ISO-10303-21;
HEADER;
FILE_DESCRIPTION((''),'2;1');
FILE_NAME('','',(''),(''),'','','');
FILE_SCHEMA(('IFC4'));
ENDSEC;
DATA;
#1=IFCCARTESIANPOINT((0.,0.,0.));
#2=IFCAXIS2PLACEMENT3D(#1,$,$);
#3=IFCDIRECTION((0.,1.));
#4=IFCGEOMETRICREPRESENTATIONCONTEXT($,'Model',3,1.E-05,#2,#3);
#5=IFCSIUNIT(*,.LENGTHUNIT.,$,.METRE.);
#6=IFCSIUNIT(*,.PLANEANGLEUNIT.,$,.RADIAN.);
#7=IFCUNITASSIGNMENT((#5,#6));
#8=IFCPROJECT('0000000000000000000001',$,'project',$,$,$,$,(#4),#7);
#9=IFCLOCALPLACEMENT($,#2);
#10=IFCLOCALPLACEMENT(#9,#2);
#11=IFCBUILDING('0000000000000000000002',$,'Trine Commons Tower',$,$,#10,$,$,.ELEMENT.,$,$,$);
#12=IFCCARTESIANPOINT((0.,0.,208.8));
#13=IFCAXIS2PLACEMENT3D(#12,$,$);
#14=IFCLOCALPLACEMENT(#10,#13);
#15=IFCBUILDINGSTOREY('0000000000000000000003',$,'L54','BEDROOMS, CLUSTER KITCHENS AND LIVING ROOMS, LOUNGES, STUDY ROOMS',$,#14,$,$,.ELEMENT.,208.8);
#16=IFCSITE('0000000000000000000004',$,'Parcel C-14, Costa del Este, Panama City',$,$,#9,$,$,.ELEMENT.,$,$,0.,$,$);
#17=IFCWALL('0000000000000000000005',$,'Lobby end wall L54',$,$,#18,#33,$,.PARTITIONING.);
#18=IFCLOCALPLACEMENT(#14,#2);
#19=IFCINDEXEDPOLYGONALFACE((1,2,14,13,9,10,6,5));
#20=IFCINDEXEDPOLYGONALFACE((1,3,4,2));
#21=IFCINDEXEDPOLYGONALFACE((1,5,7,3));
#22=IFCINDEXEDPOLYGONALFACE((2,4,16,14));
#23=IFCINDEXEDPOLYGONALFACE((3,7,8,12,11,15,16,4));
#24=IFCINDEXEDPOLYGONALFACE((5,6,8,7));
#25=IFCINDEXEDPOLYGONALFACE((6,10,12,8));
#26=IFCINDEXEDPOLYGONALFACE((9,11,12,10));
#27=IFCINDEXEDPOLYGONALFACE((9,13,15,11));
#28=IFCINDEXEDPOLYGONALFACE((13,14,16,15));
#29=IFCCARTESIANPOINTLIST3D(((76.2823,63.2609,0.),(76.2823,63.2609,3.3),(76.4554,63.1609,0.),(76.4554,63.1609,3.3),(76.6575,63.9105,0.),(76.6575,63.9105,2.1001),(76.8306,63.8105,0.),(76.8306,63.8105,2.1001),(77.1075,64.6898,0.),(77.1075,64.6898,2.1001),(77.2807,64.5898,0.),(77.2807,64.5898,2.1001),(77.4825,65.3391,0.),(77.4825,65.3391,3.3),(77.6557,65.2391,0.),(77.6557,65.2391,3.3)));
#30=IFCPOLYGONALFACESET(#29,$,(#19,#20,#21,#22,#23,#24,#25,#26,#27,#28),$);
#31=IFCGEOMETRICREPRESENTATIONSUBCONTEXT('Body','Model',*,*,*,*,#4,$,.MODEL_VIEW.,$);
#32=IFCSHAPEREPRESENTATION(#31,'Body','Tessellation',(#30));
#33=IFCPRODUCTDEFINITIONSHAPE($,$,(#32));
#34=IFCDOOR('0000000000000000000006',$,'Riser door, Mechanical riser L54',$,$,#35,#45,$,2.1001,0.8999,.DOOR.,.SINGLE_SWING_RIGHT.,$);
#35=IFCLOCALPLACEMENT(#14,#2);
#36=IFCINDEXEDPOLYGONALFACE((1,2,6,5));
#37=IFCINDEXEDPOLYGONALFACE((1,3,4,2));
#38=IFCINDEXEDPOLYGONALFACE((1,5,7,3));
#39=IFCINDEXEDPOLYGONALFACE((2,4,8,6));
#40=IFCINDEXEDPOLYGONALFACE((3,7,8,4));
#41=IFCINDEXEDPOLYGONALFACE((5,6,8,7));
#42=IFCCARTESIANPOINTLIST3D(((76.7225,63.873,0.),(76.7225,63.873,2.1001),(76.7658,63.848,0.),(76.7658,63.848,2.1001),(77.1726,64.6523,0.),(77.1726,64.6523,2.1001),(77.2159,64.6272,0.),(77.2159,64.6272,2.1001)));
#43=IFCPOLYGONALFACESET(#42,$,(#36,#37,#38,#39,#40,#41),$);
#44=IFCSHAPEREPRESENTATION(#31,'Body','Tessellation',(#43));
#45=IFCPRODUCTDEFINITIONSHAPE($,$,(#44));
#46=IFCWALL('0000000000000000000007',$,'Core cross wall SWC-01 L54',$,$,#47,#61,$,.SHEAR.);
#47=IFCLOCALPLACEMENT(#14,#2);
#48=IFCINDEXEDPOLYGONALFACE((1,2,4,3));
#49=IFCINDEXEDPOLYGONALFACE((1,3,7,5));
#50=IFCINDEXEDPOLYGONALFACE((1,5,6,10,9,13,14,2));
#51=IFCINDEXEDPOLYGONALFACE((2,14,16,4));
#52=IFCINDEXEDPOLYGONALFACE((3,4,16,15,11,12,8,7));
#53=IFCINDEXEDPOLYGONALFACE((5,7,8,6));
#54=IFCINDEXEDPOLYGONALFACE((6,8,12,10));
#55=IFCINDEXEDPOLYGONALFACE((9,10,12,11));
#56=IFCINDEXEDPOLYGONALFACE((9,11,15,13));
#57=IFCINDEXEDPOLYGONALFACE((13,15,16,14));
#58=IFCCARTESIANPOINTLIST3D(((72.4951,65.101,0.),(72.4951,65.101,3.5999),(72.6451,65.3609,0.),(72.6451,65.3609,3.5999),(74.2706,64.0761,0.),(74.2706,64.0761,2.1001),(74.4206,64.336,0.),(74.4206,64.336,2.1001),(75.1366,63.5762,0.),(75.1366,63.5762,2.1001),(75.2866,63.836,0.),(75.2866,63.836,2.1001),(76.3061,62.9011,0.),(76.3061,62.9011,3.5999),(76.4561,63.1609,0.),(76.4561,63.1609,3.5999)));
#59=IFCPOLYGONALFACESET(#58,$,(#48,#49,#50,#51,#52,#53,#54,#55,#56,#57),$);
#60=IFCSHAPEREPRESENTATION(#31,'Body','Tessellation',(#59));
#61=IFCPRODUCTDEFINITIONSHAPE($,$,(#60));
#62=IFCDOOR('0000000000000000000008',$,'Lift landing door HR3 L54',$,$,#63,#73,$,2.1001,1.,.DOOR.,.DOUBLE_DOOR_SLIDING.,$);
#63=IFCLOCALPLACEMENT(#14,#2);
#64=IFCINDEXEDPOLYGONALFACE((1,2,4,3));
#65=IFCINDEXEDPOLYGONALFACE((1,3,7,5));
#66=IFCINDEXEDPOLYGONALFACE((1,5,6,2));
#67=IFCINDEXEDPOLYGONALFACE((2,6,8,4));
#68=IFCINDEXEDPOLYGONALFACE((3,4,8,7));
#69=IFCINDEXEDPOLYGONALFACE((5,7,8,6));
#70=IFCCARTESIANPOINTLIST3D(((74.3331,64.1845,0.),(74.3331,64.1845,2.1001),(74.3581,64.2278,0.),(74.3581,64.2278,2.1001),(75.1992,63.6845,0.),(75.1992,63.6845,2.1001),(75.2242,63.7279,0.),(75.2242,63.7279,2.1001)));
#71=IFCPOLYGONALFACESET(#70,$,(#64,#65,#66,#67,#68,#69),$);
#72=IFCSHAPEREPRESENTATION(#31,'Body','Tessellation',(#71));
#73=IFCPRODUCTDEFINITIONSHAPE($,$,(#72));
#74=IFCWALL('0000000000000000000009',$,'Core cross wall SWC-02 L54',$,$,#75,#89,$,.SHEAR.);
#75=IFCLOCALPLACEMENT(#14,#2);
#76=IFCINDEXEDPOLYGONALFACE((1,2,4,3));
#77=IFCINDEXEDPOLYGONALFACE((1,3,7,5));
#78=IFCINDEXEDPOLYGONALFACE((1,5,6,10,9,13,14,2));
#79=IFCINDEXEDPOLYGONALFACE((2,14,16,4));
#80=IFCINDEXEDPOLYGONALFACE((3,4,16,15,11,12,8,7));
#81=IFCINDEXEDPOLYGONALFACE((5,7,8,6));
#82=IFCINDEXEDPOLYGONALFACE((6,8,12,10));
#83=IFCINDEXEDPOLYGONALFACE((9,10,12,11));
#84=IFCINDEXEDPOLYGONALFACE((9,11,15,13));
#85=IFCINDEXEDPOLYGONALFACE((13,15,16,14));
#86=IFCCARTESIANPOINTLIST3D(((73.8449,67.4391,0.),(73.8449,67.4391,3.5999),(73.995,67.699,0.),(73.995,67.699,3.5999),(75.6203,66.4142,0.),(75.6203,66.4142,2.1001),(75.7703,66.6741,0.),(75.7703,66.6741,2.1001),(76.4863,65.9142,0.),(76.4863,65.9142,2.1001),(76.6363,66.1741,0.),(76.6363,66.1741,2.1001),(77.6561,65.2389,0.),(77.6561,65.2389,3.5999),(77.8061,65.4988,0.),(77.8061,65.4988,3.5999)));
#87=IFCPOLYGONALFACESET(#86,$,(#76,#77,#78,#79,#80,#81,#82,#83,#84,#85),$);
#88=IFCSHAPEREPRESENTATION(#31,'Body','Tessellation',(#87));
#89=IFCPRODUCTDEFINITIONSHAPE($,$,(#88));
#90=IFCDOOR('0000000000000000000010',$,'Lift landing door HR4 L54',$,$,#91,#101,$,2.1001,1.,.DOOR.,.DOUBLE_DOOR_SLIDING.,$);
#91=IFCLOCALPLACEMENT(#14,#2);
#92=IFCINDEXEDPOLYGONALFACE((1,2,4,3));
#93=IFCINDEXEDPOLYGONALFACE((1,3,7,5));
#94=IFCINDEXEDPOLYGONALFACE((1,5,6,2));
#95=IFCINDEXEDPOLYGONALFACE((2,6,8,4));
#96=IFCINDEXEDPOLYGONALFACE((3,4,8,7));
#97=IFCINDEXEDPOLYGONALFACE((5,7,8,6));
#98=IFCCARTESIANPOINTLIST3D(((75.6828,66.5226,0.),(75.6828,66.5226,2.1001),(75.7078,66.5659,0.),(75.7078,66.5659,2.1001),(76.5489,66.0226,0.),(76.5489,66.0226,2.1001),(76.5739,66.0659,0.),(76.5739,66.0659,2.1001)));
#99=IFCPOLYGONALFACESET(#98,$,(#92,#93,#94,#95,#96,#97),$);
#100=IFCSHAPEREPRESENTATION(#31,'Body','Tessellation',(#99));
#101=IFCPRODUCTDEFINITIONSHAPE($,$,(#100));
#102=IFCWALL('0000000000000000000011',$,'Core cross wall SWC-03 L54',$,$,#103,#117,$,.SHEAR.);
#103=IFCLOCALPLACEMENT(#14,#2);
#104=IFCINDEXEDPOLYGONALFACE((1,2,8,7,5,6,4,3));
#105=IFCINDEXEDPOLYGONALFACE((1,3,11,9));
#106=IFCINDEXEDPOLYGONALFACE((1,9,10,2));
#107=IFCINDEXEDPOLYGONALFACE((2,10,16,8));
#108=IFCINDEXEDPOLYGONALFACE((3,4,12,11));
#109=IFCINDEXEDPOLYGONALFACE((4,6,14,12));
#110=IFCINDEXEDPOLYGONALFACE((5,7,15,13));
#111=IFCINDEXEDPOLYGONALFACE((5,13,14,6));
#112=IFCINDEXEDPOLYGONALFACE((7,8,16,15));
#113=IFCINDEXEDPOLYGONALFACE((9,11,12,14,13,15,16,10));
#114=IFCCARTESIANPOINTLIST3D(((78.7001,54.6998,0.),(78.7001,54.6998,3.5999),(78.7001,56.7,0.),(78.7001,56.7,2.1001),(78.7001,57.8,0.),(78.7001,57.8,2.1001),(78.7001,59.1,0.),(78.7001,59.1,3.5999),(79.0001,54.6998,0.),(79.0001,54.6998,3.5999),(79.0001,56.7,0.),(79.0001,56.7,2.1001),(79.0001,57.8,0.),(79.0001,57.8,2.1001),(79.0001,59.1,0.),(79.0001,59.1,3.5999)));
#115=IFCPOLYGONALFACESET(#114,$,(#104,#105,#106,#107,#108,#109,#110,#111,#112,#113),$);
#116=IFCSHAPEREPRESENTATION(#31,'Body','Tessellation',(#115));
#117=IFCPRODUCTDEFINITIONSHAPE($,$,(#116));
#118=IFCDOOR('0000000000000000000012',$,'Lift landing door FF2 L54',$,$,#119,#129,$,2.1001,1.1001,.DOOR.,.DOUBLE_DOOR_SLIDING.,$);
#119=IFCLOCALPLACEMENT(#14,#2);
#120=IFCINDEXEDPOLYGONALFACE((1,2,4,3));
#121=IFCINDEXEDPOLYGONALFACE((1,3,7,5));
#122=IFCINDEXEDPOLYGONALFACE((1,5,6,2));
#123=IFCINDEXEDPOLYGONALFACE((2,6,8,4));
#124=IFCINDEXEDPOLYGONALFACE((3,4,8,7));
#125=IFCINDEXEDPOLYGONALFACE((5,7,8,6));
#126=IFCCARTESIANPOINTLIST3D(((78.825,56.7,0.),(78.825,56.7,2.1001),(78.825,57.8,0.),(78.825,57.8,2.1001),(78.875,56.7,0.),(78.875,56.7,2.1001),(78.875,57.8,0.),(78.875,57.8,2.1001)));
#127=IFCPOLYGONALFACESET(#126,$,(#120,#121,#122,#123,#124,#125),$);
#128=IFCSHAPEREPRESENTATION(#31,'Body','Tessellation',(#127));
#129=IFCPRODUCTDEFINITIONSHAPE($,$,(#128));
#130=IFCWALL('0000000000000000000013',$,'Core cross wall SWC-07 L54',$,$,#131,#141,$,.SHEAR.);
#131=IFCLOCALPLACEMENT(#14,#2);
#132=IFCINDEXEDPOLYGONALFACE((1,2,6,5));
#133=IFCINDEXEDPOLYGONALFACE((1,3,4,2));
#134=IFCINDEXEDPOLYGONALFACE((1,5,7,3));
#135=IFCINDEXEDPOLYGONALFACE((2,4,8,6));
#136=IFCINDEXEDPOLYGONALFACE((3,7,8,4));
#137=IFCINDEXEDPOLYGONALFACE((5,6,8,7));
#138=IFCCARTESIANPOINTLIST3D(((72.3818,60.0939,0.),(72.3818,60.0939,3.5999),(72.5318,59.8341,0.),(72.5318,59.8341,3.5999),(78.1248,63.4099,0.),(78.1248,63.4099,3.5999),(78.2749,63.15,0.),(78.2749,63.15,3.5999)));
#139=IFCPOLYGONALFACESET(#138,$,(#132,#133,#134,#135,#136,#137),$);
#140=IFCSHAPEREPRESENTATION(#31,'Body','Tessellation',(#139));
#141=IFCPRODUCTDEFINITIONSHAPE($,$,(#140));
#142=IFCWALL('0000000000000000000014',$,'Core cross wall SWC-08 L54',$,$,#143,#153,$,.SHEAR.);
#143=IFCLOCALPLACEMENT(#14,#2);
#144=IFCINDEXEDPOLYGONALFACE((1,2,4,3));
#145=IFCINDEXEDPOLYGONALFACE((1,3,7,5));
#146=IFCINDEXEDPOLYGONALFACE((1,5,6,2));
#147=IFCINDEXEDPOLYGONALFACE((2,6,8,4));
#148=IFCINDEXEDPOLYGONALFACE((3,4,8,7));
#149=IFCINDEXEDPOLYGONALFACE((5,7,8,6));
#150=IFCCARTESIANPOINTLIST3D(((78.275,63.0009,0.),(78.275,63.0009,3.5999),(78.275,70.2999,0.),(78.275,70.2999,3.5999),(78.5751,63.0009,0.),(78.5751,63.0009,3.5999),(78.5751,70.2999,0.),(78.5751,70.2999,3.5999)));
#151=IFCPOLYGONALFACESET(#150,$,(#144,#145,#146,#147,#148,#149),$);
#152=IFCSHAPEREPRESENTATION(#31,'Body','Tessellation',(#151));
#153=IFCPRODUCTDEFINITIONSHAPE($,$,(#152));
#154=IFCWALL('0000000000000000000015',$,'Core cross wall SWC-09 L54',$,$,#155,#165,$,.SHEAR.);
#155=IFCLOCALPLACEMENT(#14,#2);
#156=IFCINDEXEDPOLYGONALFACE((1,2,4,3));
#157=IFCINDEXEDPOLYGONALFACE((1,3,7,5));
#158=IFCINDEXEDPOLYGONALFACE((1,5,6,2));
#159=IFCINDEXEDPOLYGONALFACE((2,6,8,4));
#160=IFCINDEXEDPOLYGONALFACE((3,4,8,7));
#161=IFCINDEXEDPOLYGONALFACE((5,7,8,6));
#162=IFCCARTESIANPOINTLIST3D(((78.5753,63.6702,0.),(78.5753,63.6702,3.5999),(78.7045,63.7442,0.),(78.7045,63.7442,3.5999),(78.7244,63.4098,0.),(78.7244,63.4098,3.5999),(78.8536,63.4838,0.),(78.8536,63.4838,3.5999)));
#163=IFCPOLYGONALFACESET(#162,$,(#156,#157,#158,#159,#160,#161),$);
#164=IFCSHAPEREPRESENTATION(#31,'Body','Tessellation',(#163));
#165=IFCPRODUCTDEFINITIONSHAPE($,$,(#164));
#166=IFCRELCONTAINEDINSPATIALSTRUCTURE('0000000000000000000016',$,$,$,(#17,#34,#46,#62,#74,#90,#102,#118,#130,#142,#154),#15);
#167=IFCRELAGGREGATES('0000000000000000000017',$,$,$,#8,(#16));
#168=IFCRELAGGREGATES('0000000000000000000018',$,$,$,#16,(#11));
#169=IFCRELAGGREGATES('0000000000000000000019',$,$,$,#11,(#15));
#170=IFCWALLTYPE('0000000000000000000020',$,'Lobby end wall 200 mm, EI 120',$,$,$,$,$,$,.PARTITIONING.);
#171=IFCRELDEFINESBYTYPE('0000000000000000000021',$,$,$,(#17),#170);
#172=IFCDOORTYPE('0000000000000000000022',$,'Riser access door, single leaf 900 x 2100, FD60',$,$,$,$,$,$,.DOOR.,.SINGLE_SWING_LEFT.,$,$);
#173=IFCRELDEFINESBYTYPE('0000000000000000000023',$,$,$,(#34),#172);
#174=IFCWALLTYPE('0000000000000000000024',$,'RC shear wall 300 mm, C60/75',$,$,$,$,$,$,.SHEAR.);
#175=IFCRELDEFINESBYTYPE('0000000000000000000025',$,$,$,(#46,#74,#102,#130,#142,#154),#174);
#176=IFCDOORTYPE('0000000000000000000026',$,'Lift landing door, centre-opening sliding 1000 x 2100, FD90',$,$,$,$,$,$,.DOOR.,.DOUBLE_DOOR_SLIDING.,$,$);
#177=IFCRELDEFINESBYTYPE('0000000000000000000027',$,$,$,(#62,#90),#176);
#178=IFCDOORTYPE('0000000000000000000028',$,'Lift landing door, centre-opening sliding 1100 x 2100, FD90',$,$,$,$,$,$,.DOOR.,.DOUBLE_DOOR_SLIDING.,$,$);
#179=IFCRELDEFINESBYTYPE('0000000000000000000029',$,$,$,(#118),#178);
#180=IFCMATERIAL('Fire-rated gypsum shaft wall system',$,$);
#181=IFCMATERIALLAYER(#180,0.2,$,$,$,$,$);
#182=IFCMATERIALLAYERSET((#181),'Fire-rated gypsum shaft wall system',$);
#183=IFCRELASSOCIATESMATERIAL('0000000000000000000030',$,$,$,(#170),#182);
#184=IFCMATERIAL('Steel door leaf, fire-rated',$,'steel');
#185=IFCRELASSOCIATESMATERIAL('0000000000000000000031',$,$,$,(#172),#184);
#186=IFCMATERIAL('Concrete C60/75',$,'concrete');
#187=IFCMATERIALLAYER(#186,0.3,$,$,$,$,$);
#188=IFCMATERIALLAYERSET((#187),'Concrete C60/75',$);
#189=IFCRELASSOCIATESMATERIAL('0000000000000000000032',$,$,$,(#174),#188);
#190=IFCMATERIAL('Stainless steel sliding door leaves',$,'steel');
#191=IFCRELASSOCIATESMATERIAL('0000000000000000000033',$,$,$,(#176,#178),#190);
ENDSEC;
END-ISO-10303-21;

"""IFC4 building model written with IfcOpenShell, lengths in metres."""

from ifc_helpers import new_model, si_unit, direction, frame, frame_2d, origin, place, context, subcontext, project, spatial, rectangle, extrude, material, layer, layer_set, type_object, element, fill, save


model = new_model("IFC4")

# Units and contexts
model_context = context("Model", 3, precision=1e-05, world=origin(), true_north=direction((0.0, 1.0)))
body_context = subcontext(model_context, "Body", "Model", "MODEL_VIEW")
ifc_project = project(units=[si_unit("LENGTHUNIT", "METRE"), si_unit("PLANEANGLEUNIT", "RADIAN")], contexts=[model_context])

# Site, building, storey
site_placement = place(None, origin())
site = spatial("IfcSite", under=ifc_project, at=site_placement, Name="Parcel C-14, Costa del Este, Panama City", CompositionType="ELEMENT", RefElevation=0.0)
building_placement = place(site_placement, origin())
building = spatial("IfcBuilding", under=site, at=building_placement, Name="Trine Commons Tower", CompositionType="ELEMENT")
storey_placement = place(building_placement, frame((0.0, 0.0, 208.8)))
storey = spatial("IfcBuildingStorey", under=building, at=storey_placement, Name="L54", Description="BEDROOMS, CLUSTER KITCHENS AND LIVING ROOMS, LOUNGES, STUDY ROOMS", CompositionType="ELEMENT", Elevation=208.8)

# Walls, openings, doors
ifc_material_1 = material(Name="Fire-rated gypsum shaft wall system")
ifc_layer_1 = layer(ifc_material_1, 0.2)
ifc_layer_set_1 = layer_set([ifc_layer_1], Name="Fire-rated gypsum shaft wall system")
wall_type_1 = type_object("IfcWallType", Name="Lobby end wall 200 mm, EI 120", PredefinedType="PARTITIONING", material=ifc_layer_set_1)
wall_1_placement = place(storey_placement, frame((77.5691, 65.2891, 0.0), z_axis=(0.0, 0.0, 1.0), x_axis=(-0.500122, -0.865955, 0.0)))
wall_1 = element("IfcWall", 1, at=wall_1_placement, inside=storey, type_object=wall_type_1, Name="Lobby end wall L54", PredefinedType="PARTITIONING", context=body_context, shape_type="SweptSolid", body=[
    extrude(rectangle(XDim=2.3999, YDim=0.2, at=frame_2d((1.2, 0.0))), origin(), (0.0, 0.0, 1.0), 3.3),
])
opening_1_placement = place(wall_1_placement, frame((0.7498, 0.0, 0.0)))
opening_1 = element("IfcOpeningElement", 2, at=opening_1_placement, cuts=wall_1, PredefinedType="OPENING", context=body_context, shape_type="SweptSolid", body=[
    extrude(rectangle(XDim=0.8999, YDim=2.1001, at=frame_2d((0.45, 1.05))), frame((0.0, 0.1099, 0.0), z_axis=(0.0, -1.0, 0.0), x_axis=(1.0, 0.0, 0.0)), (0.0, 0.0, 1.0), 0.22),
])
ifc_material_2 = material(Name="Steel door leaf, fire-rated", Category="steel")
door_type_1 = type_object("IfcDoorType", Name="Riser access door, single leaf 900 x 2100, FD60", OperationType="SINGLE_SWING_LEFT", PredefinedType="DOOR", material=ifc_material_2)
door_1_placement = place(opening_1_placement, frame((0.8999, 0.0, 0.0), z_axis=(0.0, 0.0, 1.0), x_axis=(-1.0, 0.0, 0.0)))
door_1 = element("IfcDoor", 3, at=door_1_placement, inside=storey, type_object=door_type_1, Name="Riser door, Mechanical riser L54", OperationType="SINGLE_SWING_RIGHT", OverallHeight=2.1001, OverallWidth=0.8999, PredefinedType="DOOR", context=body_context, shape_type="SweptSolid", body=[
    extrude(rectangle(XDim=0.8999, YDim=2.1001, at=frame_2d((0.45, 1.05))), frame((0.0, 0.0249, 0.0), z_axis=(0.0, -1.0, 0.0), x_axis=(1.0, 0.0, 0.0)), (0.0, 0.0, 1.0), 0.05),
])
fill(opening_1, door_1)
ifc_material_3 = material(Name="Concrete C60/75", Category="concrete")
ifc_layer_2 = layer(ifc_material_3, 0.3)
ifc_layer_set_2 = layer_set([ifc_layer_2], Name="Concrete C60/75")
wall_type_2 = type_object("IfcWallType", Name="RC shear wall 300 mm, C60/75", PredefinedType="SHEAR", material=ifc_layer_set_2)
wall_2_placement = place(storey_placement, frame((76.3811, 63.031, 0.0), z_axis=(0.0, 0.0, 1.0), x_axis=(-0.86606, 0.49994, 0.0)))
wall_2 = element("IfcWall", 4, at=wall_2_placement, inside=storey, type_object=wall_type_2, Name="Core cross wall SWC-01 L54", PredefinedType="SHEAR", context=body_context, shape_type="SweptSolid", body=[
    extrude(rectangle(XDim=4.4004, YDim=0.3, at=frame_2d((2.2002, 0.0))), origin(), (0.0, 0.0, 1.0), 3.5999),
])
opening_2_placement = place(wall_2_placement, frame((1.3503, 0.0, 0.0)))
opening_2 = element("IfcOpeningElement", 5, at=opening_2_placement, cuts=wall_2, PredefinedType="OPENING", context=body_context, shape_type="SweptSolid", body=[
    extrude(rectangle(XDim=1.0, YDim=2.1001, at=frame_2d((0.5, 1.05))), frame((0.0, 0.1599, 0.0), z_axis=(0.0, -1.0, 0.0), x_axis=(1.0, 0.0, 0.0)), (0.0, 0.0, 1.0), 0.3201),
])
ifc_material_4 = material(Name="Stainless steel sliding door leaves", Category="steel")
door_type_2 = type_object("IfcDoorType", Name="Lift landing door, centre-opening sliding 1000 x 2100, FD90", OperationType="DOUBLE_DOOR_SLIDING", PredefinedType="DOOR", material=ifc_material_4)
door_2_placement = place(opening_2_placement, origin())
door_2 = element("IfcDoor", 6, at=door_2_placement, inside=storey, type_object=door_type_2, Name="Lift landing door HR3 L54", OperationType="DOUBLE_DOOR_SLIDING", OverallHeight=2.1001, OverallWidth=1.0, PredefinedType="DOOR", context=body_context, shape_type="SweptSolid", body=[
    extrude(rectangle(XDim=1.0, YDim=2.1001, at=frame_2d((0.5, 1.05))), frame((0.0, 0.0249, 0.0), z_axis=(0.0, -1.0, 0.0), x_axis=(1.0, 0.0, 0.0)), (0.0, 0.0, 1.0), 0.05),
])
fill(opening_2, door_2)
wall_3_placement = place(storey_placement, frame((77.731, 65.3689, 0.0), z_axis=(0.0, 0.0, 1.0), x_axis=(-0.866036, 0.499982, 0.0)))
wall_3 = element("IfcWall", 7, at=wall_3_placement, inside=storey, type_object=wall_type_2, Name="Core cross wall SWC-02 L54", PredefinedType="SHEAR", context=body_context, shape_type="SweptSolid", body=[
    extrude(rectangle(XDim=4.4006, YDim=0.3, at=frame_2d((2.2002, 0.0))), origin(), (0.0, 0.0, 1.0), 3.5999),
])
opening_3_placement = place(wall_3_placement, frame((1.3506, 0.0, 0.0)))
opening_3 = element("IfcOpeningElement", 8, at=opening_3_placement, cuts=wall_3, PredefinedType="OPENING", context=body_context, shape_type="SweptSolid", body=[
    extrude(rectangle(XDim=1.0, YDim=2.1001, at=frame_2d((0.5, 1.05))), frame((0.0, 0.1599, 0.0), z_axis=(0.0, -1.0, 0.0), x_axis=(1.0, 0.0, 0.0)), (0.0, 0.0, 1.0), 0.3201),
])
door_3_placement = place(opening_3_placement, origin())
door_3 = element("IfcDoor", 9, at=door_3_placement, inside=storey, type_object=door_type_2, Name="Lift landing door HR4 L54", OperationType="DOUBLE_DOOR_SLIDING", OverallHeight=2.1001, OverallWidth=1.0, PredefinedType="DOOR", context=body_context, shape_type="SweptSolid", body=[
    extrude(rectangle(XDim=1.0, YDim=2.1001, at=frame_2d((0.5, 1.05))), frame((0.0, 0.0249, 0.0), z_axis=(0.0, -1.0, 0.0), x_axis=(1.0, 0.0, 0.0)), (0.0, 0.0, 1.0), 0.05),
])
fill(opening_3, door_3)
wall_4_placement = place(storey_placement, frame((78.8501, 59.1001, 0.0), z_axis=(0.0, 0.0, 1.0), x_axis=(0.0, -1.0, 0.0)))
wall_4 = element("IfcWall", 10, at=wall_4_placement, inside=storey, type_object=wall_type_2, Name="Core cross wall SWC-03 L54", PredefinedType="SHEAR", context=body_context, shape_type="SweptSolid", body=[
    extrude(rectangle(XDim=4.4001, YDim=0.3, at=frame_2d((2.2002, 0.0))), origin(), (0.0, 0.0, 1.0), 3.5999),
])
opening_4_placement = place(wall_4_placement, frame((1.3, 0.0, 0.0)))
opening_4 = element("IfcOpeningElement", 11, at=opening_4_placement, cuts=wall_4, PredefinedType="OPENING", context=body_context, shape_type="SweptSolid", body=[
    extrude(rectangle(XDim=1.1001, YDim=2.1001, at=frame_2d((0.55, 1.05))), frame((0.0, 0.1599, 0.0), z_axis=(0.0, -1.0, 0.0), x_axis=(1.0, 0.0, 0.0)), (0.0, 0.0, 1.0), 0.3201),
])
door_type_3 = type_object("IfcDoorType", Name="Lift landing door, centre-opening sliding 1100 x 2100, FD90", OperationType="DOUBLE_DOOR_SLIDING", PredefinedType="DOOR", material=ifc_material_4)
door_4_placement = place(opening_4_placement, origin())
door_4 = element("IfcDoor", 12, at=door_4_placement, inside=storey, type_object=door_type_3, Name="Lift landing door FF2 L54", OperationType="DOUBLE_DOOR_SLIDING", OverallHeight=2.1001, OverallWidth=1.1001, PredefinedType="DOOR", context=body_context, shape_type="SweptSolid", body=[
    extrude(rectangle(XDim=1.1001, YDim=2.1001, at=frame_2d((0.55, 1.05))), frame((0.0, 0.0249, 0.0), z_axis=(0.0, -1.0, 0.0), x_axis=(1.0, 0.0, 0.0)), (0.0, 0.0, 1.0), 0.05),
])
fill(opening_4, door_4)

# Walls
wall_5_placement = place(storey_placement, frame((78.2, 63.28, 0.0), z_axis=(0.0, 0.0, 1.0), x_axis=(-0.86601, -0.500027, 0.0)))
element("IfcWall", 13, at=wall_5_placement, inside=storey, type_object=wall_type_2, Name="Core cross wall SWC-07 L54", PredefinedType="SHEAR", context=body_context, shape_type="SweptSolid", body=[
    extrude(rectangle(XDim=6.6316, YDim=0.3, at=frame_2d((3.3159, 0.0))), origin(), (0.0, 0.0, 1.0), 3.5999),
])
wall_6_placement = place(storey_placement, frame((78.425, 63.001, 0.0), z_axis=(0.0, 0.0, 1.0), x_axis=(0.0, 1.0, 0.0)))
element("IfcWall", 14, at=wall_6_placement, inside=storey, type_object=wall_type_2, Name="Core cross wall SWC-08 L54", PredefinedType="SHEAR", context=body_context, shape_type="SweptSolid", body=[
    extrude(rectangle(XDim=7.2991, YDim=0.3, at=frame_2d((3.6494, 0.0))), origin(), (0.0, 0.0, 1.0), 3.5999),
])
wall_7_placement = place(storey_placement, frame((78.7791, 63.614, 0.0), z_axis=(0.0, 0.0, 1.0), x_axis=(-0.867738, -0.497022, 0.0)))
element("IfcWall", 15, at=wall_7_placement, inside=storey, type_object=wall_type_2, Name="Core cross wall SWC-09 L54", PredefinedType="SHEAR", context=body_context, shape_type="SweptSolid", body=[
    extrude(rectangle(XDim=0.1489, YDim=0.3, at=frame_2d((0.0745, 0.0))), origin(), (0.0, 0.0, 1.0), 3.5999),
])

save(model, "model.ifc")
